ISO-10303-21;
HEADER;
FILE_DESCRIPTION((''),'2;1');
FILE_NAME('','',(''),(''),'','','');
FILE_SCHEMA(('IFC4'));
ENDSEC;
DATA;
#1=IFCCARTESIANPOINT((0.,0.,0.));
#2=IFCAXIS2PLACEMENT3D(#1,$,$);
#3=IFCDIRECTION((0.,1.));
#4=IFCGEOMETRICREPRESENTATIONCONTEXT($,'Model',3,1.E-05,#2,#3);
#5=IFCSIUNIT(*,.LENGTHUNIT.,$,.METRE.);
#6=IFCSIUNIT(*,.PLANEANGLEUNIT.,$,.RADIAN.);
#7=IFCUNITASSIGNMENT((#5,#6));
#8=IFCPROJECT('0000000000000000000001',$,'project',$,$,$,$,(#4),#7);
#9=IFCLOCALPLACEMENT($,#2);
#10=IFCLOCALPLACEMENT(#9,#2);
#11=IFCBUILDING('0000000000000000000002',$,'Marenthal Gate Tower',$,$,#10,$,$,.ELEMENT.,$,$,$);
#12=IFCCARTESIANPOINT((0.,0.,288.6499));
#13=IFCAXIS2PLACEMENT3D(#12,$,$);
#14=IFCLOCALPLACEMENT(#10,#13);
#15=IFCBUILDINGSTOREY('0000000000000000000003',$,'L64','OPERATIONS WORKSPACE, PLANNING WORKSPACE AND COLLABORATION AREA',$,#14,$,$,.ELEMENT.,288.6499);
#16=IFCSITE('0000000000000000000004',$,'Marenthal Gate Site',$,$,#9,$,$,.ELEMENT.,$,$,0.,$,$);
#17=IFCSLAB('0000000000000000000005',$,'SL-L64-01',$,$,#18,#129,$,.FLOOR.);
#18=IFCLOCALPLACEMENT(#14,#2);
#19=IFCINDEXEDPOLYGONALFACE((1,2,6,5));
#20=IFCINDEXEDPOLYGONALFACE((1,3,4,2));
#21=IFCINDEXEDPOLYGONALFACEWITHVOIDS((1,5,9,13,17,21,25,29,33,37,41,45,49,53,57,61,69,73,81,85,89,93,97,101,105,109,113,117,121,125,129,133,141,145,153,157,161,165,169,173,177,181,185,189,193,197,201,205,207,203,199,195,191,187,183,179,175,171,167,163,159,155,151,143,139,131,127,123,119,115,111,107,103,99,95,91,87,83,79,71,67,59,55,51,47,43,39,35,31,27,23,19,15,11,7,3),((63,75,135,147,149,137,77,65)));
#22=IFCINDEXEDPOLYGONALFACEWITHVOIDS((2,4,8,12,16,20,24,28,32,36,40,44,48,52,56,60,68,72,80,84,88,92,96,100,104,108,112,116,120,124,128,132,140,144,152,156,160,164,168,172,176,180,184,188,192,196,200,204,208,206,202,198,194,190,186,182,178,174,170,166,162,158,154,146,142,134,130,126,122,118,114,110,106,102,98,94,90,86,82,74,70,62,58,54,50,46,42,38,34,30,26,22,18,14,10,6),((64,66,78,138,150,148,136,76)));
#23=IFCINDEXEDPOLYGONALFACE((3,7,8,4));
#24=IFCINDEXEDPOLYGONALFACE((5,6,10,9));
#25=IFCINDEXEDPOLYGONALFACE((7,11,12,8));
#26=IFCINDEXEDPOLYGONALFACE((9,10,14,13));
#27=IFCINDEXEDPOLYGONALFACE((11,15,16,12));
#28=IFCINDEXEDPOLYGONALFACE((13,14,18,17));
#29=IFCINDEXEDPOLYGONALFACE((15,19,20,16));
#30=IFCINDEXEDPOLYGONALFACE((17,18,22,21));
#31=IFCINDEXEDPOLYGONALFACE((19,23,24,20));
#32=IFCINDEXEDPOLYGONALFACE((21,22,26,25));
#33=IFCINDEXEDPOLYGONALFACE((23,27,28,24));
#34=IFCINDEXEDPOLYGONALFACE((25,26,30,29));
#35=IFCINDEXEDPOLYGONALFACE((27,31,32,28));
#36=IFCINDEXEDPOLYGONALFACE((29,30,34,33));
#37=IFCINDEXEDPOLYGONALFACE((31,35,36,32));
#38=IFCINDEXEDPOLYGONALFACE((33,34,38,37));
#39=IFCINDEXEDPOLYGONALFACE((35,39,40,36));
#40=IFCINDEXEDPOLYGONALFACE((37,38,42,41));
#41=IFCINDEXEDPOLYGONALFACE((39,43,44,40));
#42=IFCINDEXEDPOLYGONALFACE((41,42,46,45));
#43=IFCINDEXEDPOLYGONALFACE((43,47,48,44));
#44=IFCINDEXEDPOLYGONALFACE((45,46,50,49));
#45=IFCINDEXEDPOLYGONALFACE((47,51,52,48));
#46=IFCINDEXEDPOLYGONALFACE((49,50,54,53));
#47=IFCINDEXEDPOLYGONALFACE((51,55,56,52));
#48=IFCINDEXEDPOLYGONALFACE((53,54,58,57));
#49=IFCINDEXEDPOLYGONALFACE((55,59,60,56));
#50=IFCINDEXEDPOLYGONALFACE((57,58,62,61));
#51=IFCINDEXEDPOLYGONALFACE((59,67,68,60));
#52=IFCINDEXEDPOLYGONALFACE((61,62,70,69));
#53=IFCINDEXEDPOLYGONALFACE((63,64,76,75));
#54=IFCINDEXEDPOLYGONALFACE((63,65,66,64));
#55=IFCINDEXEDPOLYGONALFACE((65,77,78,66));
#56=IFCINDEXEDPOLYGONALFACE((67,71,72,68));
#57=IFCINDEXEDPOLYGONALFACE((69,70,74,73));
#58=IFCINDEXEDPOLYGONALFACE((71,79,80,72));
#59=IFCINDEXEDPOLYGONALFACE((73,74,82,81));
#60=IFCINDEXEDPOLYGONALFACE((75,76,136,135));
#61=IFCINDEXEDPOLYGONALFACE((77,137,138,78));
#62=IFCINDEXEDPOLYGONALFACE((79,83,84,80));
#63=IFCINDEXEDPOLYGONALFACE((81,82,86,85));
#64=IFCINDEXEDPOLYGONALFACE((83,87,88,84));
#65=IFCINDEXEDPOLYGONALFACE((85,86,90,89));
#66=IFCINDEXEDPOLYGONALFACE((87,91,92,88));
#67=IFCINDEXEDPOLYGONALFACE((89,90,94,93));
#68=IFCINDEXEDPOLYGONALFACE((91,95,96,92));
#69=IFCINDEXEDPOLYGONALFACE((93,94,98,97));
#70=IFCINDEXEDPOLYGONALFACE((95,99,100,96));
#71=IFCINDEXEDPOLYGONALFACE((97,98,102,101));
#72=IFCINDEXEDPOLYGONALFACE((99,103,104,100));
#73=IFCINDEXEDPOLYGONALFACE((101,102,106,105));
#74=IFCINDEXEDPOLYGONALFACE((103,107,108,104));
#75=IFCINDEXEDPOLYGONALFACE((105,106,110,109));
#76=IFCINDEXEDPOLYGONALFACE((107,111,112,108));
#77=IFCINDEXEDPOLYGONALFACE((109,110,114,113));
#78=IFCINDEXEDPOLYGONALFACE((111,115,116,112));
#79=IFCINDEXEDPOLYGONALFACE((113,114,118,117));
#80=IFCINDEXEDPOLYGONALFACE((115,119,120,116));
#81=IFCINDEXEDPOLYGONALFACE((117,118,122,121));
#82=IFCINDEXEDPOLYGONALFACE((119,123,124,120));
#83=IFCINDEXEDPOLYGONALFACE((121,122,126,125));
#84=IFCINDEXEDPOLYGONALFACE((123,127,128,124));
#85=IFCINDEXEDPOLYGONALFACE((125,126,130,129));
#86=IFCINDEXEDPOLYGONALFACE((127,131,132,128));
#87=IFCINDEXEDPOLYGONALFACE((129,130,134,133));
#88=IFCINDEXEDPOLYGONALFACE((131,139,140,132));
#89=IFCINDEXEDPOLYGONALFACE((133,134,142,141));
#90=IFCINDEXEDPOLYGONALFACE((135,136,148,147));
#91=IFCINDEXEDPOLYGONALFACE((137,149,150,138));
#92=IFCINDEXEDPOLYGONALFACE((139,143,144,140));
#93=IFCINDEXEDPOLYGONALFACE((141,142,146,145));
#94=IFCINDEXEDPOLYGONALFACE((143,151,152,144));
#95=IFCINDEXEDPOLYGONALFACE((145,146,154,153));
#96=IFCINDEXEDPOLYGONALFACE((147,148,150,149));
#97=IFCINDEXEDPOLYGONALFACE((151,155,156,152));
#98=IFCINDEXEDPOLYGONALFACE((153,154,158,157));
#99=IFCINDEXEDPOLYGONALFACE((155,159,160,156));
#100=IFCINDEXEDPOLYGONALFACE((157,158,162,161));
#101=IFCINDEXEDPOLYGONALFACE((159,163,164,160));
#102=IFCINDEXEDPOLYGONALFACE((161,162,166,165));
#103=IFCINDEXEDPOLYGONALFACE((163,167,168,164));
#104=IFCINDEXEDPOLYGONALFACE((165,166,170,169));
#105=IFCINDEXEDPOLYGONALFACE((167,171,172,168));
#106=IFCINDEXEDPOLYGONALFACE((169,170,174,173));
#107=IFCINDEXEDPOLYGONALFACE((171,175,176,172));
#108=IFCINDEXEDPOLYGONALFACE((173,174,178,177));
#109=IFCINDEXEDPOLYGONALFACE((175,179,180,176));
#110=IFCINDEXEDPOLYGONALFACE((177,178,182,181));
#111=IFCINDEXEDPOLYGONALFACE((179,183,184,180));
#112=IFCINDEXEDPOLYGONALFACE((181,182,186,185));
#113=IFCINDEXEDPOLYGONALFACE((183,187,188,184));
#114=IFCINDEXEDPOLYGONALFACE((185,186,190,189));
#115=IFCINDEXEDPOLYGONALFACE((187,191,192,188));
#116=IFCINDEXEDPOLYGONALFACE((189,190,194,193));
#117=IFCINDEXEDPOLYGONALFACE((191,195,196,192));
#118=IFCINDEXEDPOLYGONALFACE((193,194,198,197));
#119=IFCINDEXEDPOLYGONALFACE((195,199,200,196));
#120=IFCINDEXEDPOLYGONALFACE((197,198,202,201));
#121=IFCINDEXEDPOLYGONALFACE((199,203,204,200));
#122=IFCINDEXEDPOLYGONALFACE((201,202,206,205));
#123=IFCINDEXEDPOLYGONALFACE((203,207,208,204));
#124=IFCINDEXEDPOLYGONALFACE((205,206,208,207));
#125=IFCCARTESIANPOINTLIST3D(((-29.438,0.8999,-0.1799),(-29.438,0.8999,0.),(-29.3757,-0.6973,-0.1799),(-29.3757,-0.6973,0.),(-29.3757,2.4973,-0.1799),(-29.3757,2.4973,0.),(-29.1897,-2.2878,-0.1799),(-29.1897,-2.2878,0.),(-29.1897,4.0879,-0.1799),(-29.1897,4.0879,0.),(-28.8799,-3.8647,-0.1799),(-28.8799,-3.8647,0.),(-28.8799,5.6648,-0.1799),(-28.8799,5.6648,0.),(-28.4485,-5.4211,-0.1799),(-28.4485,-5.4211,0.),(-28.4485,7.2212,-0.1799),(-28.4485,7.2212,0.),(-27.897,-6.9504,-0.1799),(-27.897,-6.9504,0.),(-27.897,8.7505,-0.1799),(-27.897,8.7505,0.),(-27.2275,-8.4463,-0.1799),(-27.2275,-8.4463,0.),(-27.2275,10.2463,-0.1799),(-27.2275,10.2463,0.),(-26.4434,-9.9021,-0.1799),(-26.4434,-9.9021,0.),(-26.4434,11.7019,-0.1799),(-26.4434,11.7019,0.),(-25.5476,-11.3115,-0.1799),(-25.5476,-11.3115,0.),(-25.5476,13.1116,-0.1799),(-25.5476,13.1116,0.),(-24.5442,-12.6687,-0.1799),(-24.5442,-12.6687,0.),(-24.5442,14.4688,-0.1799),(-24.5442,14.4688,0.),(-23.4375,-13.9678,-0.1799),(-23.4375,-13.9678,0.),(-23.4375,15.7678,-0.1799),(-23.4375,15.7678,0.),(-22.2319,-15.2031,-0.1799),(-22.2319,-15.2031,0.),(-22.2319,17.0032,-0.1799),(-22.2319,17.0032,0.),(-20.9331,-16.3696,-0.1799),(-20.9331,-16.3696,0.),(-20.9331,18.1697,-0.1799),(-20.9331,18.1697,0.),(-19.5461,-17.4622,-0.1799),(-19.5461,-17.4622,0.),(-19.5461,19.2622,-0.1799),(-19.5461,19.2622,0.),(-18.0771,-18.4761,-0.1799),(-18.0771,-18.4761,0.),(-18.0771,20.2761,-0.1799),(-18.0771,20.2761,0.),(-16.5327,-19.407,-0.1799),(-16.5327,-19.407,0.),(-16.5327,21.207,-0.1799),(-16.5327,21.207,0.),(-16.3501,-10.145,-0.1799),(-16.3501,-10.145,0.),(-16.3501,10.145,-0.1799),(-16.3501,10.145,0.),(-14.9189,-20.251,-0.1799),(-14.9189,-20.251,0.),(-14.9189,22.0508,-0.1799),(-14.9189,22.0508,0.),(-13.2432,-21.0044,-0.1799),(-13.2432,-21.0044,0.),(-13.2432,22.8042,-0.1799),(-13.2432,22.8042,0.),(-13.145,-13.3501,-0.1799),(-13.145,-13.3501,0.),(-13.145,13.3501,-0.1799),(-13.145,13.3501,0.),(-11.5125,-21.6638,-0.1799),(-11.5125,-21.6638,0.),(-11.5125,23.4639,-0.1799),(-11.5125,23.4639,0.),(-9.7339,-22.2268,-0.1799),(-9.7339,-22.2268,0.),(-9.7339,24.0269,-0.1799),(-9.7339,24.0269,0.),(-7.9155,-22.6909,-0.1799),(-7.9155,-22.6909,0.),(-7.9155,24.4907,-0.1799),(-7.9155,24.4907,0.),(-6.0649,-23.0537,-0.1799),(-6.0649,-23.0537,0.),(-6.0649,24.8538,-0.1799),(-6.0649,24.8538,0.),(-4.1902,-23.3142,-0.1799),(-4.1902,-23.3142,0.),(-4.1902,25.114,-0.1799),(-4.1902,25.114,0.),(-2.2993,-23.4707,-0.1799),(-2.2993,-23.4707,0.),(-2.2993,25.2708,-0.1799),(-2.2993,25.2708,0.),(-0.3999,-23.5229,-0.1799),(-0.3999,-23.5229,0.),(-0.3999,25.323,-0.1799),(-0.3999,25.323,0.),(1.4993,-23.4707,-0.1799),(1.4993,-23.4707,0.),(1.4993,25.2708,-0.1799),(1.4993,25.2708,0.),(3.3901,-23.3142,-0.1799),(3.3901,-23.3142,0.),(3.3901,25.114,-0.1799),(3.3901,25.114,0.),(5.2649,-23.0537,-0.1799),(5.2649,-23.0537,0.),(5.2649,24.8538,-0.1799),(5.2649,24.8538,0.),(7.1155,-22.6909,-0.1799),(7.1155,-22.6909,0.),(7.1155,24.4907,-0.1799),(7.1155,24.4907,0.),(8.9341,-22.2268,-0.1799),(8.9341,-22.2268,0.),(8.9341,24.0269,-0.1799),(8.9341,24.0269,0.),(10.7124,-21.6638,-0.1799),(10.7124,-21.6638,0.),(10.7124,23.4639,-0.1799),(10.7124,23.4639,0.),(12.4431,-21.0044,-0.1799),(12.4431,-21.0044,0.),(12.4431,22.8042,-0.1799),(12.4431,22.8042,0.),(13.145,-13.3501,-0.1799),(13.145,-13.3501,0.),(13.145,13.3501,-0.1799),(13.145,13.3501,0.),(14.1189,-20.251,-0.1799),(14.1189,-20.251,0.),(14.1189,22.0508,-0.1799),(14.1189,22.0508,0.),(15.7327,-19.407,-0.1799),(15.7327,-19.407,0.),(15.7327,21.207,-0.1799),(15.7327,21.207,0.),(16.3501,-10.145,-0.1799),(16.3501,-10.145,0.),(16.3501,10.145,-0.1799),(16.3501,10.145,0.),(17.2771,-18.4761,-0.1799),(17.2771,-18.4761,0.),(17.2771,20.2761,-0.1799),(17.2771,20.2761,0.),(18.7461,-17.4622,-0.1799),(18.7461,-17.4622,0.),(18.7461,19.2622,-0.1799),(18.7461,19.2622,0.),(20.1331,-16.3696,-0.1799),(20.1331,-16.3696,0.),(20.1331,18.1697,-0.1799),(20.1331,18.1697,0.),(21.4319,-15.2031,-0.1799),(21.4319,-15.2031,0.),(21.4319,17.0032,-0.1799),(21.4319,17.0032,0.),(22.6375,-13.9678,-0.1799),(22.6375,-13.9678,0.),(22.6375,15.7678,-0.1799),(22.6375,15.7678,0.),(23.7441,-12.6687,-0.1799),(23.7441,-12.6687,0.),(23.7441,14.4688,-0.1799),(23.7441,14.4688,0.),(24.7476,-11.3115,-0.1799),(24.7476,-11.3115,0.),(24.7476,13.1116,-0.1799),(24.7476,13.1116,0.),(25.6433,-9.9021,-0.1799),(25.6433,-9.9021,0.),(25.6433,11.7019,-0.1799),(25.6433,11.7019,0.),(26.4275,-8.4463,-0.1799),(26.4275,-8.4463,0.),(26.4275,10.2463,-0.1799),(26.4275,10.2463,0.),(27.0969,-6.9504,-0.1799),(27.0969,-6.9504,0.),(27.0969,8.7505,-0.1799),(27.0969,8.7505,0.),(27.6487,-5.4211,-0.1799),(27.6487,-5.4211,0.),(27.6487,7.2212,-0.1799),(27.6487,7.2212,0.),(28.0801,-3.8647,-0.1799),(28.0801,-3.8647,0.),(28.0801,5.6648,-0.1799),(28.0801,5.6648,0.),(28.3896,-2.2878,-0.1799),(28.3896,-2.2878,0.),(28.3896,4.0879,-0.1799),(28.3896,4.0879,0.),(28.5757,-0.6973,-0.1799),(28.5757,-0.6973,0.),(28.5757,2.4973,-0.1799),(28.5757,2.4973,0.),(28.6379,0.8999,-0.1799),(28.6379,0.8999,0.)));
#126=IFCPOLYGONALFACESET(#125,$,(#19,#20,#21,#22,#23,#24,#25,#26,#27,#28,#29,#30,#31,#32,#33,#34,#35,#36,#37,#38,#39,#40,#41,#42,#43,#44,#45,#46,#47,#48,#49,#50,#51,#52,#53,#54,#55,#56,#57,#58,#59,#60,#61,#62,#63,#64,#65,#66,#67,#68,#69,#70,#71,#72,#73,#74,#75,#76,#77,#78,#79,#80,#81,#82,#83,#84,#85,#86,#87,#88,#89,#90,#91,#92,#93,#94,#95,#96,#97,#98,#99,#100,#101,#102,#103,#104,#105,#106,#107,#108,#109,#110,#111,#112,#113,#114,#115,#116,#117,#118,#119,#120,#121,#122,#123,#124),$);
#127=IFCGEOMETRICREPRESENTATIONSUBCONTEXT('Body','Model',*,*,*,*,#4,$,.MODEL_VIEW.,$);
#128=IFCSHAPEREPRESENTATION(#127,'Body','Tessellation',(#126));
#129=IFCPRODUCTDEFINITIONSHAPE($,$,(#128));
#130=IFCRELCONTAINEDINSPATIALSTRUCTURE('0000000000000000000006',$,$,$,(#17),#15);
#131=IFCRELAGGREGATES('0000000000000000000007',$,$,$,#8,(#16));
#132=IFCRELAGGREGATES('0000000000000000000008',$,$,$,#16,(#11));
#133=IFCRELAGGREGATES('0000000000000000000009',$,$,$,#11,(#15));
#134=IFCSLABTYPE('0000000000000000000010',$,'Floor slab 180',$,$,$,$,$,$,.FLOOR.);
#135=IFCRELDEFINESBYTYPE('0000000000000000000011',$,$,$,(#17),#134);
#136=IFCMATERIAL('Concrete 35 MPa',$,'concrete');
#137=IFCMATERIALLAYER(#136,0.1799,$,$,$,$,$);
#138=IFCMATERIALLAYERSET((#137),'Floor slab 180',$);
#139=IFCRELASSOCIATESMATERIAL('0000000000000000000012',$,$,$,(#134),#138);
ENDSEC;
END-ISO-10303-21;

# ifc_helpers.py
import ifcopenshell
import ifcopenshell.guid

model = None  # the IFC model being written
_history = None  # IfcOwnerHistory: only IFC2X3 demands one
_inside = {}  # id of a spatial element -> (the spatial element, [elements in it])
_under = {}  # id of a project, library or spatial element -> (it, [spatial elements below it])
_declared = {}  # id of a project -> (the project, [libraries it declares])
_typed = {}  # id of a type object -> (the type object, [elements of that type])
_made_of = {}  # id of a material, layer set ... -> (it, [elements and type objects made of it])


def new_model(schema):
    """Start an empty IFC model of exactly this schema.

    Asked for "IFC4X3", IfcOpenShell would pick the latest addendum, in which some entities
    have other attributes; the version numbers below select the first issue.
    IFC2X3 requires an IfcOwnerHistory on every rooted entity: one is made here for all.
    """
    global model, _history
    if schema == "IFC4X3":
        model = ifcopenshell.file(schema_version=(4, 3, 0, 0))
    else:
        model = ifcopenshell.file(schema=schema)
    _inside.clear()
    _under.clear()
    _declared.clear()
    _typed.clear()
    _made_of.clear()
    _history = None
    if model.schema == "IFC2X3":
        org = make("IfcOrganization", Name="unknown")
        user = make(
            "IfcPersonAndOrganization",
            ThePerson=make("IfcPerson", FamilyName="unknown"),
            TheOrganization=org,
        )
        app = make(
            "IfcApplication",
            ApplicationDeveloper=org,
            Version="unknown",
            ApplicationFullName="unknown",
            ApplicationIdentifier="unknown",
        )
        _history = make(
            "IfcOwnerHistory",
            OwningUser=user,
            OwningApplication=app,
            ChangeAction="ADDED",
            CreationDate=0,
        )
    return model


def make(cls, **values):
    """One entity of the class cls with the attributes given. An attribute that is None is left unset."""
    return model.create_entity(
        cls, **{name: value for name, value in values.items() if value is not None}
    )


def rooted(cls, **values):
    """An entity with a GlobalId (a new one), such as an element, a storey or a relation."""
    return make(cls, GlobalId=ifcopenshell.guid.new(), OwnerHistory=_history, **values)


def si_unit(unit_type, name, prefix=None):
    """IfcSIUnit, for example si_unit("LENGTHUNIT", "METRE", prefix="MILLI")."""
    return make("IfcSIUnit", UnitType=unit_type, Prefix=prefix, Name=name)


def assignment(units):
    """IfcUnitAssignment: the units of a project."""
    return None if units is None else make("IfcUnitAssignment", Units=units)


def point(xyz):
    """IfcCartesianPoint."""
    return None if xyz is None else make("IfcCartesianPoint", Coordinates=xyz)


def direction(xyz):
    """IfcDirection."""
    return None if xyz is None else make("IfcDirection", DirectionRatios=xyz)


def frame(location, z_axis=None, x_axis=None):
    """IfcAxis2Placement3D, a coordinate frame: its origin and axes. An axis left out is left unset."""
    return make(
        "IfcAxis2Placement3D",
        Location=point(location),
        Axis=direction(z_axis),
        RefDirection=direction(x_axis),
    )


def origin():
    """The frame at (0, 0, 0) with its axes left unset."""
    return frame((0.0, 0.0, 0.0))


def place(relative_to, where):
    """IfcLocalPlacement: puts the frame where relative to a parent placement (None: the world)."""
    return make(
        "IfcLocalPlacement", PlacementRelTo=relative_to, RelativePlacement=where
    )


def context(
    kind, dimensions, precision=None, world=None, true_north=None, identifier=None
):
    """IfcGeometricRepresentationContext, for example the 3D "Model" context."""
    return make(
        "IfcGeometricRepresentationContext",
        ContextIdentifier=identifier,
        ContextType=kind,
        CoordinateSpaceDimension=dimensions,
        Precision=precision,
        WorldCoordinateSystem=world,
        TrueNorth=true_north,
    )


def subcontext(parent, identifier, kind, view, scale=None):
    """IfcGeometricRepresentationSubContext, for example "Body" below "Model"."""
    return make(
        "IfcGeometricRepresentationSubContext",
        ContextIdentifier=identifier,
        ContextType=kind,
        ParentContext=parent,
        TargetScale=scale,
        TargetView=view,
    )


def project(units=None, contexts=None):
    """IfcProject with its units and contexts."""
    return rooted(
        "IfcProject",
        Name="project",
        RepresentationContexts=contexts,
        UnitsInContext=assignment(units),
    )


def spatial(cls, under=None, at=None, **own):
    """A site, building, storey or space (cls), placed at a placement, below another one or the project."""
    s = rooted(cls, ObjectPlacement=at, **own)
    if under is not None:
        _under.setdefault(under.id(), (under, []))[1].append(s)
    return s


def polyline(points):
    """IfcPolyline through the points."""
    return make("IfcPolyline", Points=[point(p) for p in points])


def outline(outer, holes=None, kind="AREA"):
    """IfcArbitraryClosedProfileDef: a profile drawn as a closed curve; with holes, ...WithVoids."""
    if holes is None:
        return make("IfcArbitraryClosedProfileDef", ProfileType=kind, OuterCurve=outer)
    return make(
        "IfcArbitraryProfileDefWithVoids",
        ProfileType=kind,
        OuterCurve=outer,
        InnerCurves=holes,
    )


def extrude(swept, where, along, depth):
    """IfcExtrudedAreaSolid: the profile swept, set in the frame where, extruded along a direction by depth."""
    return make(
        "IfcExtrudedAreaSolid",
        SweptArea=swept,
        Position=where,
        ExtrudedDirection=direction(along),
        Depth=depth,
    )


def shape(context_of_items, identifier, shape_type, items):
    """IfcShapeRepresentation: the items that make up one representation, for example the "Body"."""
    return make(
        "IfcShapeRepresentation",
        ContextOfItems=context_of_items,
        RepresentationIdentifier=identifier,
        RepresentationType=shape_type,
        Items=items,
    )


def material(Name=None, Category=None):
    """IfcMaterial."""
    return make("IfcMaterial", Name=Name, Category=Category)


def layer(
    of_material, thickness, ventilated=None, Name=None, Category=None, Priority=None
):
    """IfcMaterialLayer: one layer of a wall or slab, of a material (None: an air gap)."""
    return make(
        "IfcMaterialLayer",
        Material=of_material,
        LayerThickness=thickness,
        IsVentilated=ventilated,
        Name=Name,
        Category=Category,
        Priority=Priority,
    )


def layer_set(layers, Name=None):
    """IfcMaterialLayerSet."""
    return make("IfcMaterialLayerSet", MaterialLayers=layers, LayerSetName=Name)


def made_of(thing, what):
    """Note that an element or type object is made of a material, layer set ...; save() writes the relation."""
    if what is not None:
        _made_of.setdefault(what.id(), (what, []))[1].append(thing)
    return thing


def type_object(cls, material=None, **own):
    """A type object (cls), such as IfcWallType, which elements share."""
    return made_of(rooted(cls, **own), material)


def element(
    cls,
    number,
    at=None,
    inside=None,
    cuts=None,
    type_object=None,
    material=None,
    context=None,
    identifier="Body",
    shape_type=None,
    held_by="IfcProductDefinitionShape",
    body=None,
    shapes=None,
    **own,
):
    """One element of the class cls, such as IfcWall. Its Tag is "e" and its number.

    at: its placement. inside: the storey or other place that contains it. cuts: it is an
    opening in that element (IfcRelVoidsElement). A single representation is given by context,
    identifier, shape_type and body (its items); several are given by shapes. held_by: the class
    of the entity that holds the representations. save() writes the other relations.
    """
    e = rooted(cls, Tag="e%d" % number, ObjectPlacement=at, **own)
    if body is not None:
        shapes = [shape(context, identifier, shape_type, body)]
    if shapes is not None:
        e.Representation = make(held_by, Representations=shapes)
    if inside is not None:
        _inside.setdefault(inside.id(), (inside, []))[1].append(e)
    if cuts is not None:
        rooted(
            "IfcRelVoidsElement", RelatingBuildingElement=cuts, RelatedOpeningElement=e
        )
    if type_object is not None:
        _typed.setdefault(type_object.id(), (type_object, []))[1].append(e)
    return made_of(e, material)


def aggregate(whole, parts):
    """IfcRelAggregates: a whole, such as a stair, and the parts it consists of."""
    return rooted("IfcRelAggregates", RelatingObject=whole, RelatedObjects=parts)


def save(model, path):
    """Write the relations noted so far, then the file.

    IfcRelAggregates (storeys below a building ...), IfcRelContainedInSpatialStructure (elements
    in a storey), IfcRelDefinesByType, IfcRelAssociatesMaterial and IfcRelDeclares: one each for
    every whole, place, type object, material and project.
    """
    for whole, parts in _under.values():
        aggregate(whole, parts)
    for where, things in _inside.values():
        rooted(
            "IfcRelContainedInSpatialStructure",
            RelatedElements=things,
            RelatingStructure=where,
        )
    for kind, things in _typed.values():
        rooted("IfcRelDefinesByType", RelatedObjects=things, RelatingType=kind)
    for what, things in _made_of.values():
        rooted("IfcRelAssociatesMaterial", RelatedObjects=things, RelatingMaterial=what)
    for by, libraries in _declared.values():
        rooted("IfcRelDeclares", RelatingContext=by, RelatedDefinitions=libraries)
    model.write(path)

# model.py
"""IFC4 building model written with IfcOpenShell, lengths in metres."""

from ifc_helpers import new_model, si_unit, direction, frame, origin, place, context, subcontext, project, spatial, polyline, outline, extrude, material, layer, layer_set, type_object, element, save


model = new_model("IFC4")

# Units and contexts
model_context = context("Model", 3, precision=1e-05, world=origin(), true_north=direction((0.0, 1.0)))
body_context = subcontext(model_context, "Body", "Model", "MODEL_VIEW")
ifc_project = project(units=[si_unit("LENGTHUNIT", "METRE"), si_unit("PLANEANGLEUNIT", "RADIAN")], contexts=[model_context])

# Site, building, storey
site_placement = place(None, origin())
site = spatial("IfcSite", under=ifc_project, at=site_placement, Name="Marenthal Gate Site", CompositionType="ELEMENT", RefElevation=0.0)
building_placement = place(site_placement, origin())
building = spatial("IfcBuilding", under=site, at=building_placement, Name="Marenthal Gate Tower", CompositionType="ELEMENT")
storey_placement = place(building_placement, frame((0.0, 0.0, 288.6499)))
storey = spatial("IfcBuildingStorey", under=building, at=storey_placement, Name="L64", Description="OPERATIONS WORKSPACE, PLANNING WORKSPACE AND COLLABORATION AREA", CompositionType="ELEMENT", Elevation=288.6499)

# Slab
ifc_material_1 = material(Name="Concrete 35 MPa", Category="concrete")
ifc_layer_1 = layer(ifc_material_1, 0.1799)
ifc_layer_set_1 = layer_set([ifc_layer_1], Name="Floor slab 180")
slab_type = type_object("IfcSlabType", Name="Floor slab 180", PredefinedType="FLOOR", material=ifc_layer_set_1)
slab_placement = place(storey_placement, frame((0.0, 0.0, -0.1799)))
element("IfcSlab", 1, at=slab_placement, inside=storey, type_object=slab_type, Name="SL-L64-01", PredefinedType="FLOOR", context=body_context, shape_type="SweptSolid", body=[
    extrude(outline(polyline([(28.6379, 0.8999), (28.5757, 2.4973), (28.3896, 4.0879), (28.0801, 5.6648), (27.6487, 7.2212), (27.0969, 8.7505), (26.4275, 10.2463), (25.6433, 11.7019), (24.7476, 13.1116), (23.7441, 14.4688), (22.6375, 15.7678), (21.4319, 17.0032), (20.1331, 18.1697), (18.7461, 19.2622), (17.2771, 20.2761), (15.7327, 21.207), (14.1189, 22.0508), (12.4431, 22.8042), (10.7124, 23.4639), (8.9341, 24.0269), (7.1155, 24.4907), (5.2649, 24.8538), (3.3901, 25.114), (1.4993, 25.2708), (-0.3999, 25.323), (-2.2993, 25.2708), (-4.1902, 25.114), (-6.0649, 24.8538), (-7.9155, 24.4907), (-9.7339, 24.0269), (-11.5125, 23.4639), (-13.2432, 22.8042), (-14.9189, 22.0508), (-16.5327, 21.207), (-18.0771, 20.2761), (-19.5461, 19.2622), (-20.9331, 18.1697), (-22.2319, 17.0032), (-23.4375, 15.7678), (-24.5442, 14.4688), (-25.5476, 13.1116), (-26.4434, 11.7019), (-27.2275, 10.2463), (-27.897, 8.7505), (-28.4485, 7.2212), (-28.8799, 5.6648), (-29.1897, 4.0879), (-29.3757, 2.4973), (-29.438, 0.8999), (-29.3757, -0.6973), (-29.1897, -2.2878), (-28.8799, -3.8647), (-28.4485, -5.4211), (-27.897, -6.9504), (-27.2275, -8.4463), (-26.4434, -9.9021), (-25.5476, -11.3115), (-24.5442, -12.6687), (-23.4375, -13.9678), (-22.2319, -15.2031), (-20.9331, -16.3696), (-19.5461, -17.4622), (-18.0771, -18.4761), (-16.5327, -19.407), (-14.9189, -20.251), (-13.2432, -21.0044), (-11.5125, -21.6638), (-9.7339, -22.2268), (-7.9155, -22.6909), (-6.0649, -23.0537), (-4.1902, -23.3142), (-2.2993, -23.4707), (-0.3999, -23.5229), (1.4993, -23.4707), (3.3901, -23.3142), (5.2649, -23.0537), (7.1155, -22.6909), (8.9341, -22.2268), (10.7124, -21.6638), (12.4431, -21.0044), (14.1189, -20.251), (15.7327, -19.407), (17.2771, -18.4761), (18.7461, -17.4622), (20.1331, -16.3696), (21.4319, -15.2031), (22.6375, -13.9678), (23.7441, -12.6687), (24.7476, -11.3115), (25.6433, -9.9021), (26.4275, -8.4463), (27.0969, -6.9504), (27.6487, -5.4211), (28.0801, -3.8647), (28.3896, -2.2878), (28.5757, -0.6973), (28.6379, 0.8999)]), holes=[polyline([(13.145, -13.3501), (16.3501, -10.145), (16.3501, 10.145), (13.145, 13.3501), (-13.145, 13.3501), (-16.3501, 10.145), (-16.3501, -10.145), (-13.145, -13.3501), (13.145, -13.3501)])]), origin(), (0.0, 0.0, 1.0), 0.1799),
])

save(model, "model.ifc")
